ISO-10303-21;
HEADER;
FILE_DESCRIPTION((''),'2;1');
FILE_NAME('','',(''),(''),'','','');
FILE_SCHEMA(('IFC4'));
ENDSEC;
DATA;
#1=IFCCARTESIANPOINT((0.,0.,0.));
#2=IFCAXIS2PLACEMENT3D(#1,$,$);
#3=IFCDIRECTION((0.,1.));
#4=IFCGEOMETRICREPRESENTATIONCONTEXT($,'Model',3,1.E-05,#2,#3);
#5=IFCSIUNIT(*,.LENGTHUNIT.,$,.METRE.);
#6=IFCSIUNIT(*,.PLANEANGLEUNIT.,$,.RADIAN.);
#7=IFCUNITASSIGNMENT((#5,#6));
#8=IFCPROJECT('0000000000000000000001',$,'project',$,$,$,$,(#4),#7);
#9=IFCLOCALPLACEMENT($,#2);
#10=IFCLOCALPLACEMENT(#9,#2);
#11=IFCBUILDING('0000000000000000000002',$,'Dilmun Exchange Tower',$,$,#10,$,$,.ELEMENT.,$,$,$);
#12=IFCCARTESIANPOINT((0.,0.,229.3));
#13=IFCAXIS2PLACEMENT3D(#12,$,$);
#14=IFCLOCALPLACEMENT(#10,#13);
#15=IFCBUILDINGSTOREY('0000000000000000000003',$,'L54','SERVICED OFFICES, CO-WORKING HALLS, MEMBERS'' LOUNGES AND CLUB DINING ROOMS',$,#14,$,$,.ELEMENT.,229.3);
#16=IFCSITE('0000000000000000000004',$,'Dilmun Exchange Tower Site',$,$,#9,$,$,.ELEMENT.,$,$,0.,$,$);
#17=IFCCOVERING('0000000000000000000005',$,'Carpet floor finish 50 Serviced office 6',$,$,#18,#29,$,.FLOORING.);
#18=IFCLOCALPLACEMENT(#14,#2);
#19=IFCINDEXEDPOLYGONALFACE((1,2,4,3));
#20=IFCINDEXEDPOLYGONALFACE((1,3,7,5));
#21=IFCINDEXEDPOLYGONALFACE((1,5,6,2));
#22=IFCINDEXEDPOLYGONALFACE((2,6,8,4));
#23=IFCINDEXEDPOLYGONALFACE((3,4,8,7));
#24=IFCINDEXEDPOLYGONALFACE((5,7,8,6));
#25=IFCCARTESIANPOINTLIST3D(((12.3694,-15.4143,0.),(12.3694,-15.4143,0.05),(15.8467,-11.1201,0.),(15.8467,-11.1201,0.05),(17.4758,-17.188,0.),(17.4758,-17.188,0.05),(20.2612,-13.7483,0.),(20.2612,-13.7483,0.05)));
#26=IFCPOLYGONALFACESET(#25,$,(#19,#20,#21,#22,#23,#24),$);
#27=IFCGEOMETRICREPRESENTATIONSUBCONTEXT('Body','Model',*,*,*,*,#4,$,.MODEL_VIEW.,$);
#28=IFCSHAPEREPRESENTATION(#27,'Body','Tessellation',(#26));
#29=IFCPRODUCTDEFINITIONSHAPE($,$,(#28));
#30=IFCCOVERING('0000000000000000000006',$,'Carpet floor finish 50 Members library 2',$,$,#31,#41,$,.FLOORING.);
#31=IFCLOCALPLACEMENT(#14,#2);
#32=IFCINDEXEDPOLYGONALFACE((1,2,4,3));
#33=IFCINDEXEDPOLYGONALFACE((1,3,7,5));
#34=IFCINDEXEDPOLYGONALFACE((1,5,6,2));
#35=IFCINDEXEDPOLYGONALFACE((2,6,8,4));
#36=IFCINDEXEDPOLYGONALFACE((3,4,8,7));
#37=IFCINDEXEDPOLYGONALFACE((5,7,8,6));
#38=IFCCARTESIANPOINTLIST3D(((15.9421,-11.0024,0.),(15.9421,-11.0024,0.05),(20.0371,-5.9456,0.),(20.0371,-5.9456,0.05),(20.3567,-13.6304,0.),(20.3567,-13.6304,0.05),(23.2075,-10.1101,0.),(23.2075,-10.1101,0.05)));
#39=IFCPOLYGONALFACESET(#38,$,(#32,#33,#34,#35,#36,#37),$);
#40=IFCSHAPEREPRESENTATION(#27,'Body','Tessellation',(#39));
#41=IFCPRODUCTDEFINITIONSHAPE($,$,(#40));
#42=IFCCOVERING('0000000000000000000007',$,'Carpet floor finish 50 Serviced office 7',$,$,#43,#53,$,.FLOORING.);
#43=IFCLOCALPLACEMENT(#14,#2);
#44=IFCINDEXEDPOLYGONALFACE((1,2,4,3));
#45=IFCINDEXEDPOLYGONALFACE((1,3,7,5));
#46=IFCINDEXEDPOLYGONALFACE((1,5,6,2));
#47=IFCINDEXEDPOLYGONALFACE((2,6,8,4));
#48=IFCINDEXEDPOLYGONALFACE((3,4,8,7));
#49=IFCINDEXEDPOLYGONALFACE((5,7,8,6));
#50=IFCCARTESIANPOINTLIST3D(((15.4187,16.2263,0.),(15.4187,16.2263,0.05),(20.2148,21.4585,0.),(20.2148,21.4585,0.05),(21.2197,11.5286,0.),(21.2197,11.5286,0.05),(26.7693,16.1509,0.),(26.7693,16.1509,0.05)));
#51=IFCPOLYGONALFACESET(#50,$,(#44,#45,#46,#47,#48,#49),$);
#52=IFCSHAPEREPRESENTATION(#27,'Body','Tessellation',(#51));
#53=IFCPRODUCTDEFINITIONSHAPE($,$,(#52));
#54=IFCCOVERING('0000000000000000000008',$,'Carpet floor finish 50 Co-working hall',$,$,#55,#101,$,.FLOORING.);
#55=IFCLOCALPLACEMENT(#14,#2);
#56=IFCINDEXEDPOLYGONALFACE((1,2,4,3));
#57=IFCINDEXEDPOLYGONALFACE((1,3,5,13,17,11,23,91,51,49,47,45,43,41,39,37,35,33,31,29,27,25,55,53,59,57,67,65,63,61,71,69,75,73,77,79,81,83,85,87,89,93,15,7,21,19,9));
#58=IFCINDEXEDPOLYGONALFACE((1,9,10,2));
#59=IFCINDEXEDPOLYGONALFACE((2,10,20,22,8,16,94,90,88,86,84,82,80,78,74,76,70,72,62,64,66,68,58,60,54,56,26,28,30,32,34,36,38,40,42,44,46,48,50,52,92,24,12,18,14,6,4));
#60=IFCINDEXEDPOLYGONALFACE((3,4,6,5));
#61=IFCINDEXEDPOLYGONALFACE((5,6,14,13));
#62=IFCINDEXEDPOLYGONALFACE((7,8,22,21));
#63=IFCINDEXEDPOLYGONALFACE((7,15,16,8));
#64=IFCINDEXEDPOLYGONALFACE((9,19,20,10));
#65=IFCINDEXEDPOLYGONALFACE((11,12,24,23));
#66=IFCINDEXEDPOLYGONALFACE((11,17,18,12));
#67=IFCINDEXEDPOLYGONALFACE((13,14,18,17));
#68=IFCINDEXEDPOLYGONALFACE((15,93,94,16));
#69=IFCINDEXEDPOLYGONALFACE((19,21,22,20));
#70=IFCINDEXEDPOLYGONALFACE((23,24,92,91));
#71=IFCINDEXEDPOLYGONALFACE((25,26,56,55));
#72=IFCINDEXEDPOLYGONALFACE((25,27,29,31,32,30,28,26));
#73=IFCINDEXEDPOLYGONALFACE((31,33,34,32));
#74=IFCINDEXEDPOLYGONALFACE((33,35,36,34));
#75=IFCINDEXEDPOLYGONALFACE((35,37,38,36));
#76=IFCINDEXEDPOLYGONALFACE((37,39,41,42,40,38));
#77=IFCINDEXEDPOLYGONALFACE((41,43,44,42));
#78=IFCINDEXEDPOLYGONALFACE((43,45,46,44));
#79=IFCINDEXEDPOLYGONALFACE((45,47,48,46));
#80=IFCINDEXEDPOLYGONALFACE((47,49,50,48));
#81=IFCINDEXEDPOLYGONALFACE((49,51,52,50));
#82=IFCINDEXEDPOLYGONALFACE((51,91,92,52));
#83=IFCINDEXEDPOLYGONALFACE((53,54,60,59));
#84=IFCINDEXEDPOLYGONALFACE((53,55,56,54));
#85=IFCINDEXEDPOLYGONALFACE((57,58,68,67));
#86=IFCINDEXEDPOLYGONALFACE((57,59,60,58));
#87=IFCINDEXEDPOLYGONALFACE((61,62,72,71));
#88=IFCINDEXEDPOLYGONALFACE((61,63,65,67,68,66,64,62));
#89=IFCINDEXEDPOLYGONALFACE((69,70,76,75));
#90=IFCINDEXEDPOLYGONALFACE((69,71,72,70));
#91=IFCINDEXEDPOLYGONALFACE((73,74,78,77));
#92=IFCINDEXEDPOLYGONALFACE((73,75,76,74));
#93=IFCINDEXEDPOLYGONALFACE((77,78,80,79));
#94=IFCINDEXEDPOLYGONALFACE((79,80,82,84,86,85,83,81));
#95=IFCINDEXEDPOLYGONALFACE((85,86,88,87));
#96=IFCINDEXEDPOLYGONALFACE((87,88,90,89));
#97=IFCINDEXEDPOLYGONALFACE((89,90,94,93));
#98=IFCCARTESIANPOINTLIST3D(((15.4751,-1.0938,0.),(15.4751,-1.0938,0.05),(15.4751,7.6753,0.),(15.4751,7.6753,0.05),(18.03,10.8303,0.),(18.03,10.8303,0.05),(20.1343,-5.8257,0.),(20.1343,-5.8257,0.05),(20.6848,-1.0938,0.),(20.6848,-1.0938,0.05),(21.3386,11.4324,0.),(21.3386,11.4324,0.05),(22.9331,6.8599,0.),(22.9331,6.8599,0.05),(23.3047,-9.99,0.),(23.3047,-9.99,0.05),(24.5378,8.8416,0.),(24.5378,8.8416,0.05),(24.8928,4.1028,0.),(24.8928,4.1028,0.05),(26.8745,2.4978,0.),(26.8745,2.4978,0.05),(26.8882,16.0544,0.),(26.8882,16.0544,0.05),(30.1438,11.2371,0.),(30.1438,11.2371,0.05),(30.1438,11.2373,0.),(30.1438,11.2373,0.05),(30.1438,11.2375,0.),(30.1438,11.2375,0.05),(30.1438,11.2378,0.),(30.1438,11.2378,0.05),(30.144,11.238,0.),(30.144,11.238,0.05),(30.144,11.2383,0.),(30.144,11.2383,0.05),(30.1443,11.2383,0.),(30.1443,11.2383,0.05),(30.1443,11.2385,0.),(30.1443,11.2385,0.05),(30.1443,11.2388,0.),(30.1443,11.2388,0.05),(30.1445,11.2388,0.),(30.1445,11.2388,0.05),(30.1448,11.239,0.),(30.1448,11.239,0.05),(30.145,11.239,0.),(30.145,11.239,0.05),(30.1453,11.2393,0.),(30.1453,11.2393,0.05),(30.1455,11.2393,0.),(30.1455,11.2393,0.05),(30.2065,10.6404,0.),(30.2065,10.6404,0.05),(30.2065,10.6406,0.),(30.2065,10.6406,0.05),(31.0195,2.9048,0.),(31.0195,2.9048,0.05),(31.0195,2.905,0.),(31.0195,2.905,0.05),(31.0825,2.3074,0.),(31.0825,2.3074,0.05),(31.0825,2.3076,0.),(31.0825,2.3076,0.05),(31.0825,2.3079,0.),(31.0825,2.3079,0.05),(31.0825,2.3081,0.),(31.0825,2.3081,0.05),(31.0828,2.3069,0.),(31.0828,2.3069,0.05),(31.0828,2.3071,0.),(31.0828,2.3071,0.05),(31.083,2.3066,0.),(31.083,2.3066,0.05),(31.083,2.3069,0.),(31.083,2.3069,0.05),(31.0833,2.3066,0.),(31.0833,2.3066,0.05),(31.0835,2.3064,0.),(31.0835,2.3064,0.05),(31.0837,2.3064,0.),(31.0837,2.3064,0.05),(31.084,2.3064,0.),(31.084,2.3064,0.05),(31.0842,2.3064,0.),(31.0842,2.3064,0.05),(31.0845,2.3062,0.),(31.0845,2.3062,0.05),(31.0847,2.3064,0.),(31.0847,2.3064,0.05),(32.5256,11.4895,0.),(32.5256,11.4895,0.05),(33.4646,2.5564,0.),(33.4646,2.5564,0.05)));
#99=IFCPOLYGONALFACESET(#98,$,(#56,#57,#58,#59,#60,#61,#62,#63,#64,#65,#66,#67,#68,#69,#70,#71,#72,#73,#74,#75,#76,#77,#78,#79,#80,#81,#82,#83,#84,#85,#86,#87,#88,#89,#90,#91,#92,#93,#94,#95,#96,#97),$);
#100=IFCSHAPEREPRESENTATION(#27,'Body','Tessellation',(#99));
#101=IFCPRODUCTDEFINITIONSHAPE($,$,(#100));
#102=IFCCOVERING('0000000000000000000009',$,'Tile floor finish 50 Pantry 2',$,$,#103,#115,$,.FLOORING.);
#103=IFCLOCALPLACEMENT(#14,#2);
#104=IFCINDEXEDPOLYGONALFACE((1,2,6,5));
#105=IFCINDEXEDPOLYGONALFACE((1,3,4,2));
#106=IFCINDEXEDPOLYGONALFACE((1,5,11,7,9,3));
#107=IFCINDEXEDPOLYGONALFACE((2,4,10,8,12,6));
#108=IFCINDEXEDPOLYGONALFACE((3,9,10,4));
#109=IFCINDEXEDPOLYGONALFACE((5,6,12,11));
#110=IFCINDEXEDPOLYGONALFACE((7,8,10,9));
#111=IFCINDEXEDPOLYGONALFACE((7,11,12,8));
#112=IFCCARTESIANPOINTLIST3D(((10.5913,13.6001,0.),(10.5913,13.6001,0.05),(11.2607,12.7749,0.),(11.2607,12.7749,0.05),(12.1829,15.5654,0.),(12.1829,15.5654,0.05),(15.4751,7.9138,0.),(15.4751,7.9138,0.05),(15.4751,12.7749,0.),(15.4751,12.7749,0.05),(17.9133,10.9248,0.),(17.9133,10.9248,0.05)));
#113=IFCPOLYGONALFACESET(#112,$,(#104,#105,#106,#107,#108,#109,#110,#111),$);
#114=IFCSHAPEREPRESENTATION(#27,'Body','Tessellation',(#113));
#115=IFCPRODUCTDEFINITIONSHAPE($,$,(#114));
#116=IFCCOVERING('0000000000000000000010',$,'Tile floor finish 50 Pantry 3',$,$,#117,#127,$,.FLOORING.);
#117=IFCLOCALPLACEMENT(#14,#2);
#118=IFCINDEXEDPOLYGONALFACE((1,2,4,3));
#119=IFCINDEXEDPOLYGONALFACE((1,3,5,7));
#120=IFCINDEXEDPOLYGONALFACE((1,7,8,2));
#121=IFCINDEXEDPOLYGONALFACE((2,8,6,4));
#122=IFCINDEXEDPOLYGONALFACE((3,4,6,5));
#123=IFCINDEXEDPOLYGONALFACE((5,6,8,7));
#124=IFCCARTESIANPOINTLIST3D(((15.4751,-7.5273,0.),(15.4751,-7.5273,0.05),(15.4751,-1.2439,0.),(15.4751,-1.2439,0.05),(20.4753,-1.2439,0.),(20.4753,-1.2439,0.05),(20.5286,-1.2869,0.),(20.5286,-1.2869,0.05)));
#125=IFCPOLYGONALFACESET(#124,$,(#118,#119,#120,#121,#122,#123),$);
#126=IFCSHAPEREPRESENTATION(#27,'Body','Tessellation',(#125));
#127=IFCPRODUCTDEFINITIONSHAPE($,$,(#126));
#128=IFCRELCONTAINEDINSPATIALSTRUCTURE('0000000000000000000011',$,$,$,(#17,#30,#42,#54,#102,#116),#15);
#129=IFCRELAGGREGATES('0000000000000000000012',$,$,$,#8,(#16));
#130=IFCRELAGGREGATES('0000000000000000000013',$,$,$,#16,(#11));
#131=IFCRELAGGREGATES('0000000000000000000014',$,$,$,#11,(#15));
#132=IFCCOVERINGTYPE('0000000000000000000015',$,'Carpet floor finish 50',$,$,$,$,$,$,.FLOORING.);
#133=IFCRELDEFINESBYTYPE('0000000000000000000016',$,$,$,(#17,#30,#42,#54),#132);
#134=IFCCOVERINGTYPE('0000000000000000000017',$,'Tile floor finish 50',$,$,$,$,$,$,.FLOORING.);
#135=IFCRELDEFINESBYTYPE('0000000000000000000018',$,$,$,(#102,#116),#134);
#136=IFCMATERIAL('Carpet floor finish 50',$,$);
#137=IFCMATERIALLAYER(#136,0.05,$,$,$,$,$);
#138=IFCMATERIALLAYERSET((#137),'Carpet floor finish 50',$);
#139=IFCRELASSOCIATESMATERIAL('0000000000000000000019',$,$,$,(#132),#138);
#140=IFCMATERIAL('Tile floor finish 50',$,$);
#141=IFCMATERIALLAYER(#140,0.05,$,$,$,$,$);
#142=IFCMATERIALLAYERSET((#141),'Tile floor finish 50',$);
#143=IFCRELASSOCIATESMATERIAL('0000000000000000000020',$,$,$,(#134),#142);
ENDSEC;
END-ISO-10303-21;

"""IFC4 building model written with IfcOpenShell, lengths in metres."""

from ifc_helpers import new_model, si_unit, direction, frame, origin, place, context, subcontext, project, spatial, polyline, outline, extrude, material, layer, layer_set, type_object, element, save


model = new_model("IFC4")

# Units and contexts
model_context = context("Model", 3, precision=1e-05, world=origin(), true_north=direction((0.0, 1.0)))
body_context = subcontext(model_context, "Body", "Model", "MODEL_VIEW")
ifc_project = project(units=[si_unit("LENGTHUNIT", "METRE"), si_unit("PLANEANGLEUNIT", "RADIAN")], contexts=[model_context])

# Site, building, storey
site_placement = place(None, origin())
site = spatial("IfcSite", under=ifc_project, at=site_placement, Name="Dilmun Exchange Tower Site", CompositionType="ELEMENT", RefElevation=0.0)
building_placement = place(site_placement, origin())
building = spatial("IfcBuilding", under=site, at=building_placement, Name="Dilmun Exchange Tower", CompositionType="ELEMENT")
storey_placement = place(building_placement, frame((0.0, 0.0, 229.3)))
storey = spatial("IfcBuildingStorey", under=building, at=storey_placement, Name="L54", Description="SERVICED OFFICES, CO-WORKING HALLS, MEMBERS' LOUNGES AND CLUB DINING ROOMS", CompositionType="ELEMENT", Elevation=229.3)

# Coverings
ifc_material_1 = material(Name="Carpet floor finish 50")
ifc_layer_1 = layer(ifc_material_1, 0.05)
ifc_layer_set_1 = layer_set([ifc_layer_1], Name="Carpet floor finish 50")
covering_type_1 = type_object("IfcCoveringType", Name="Carpet floor finish 50", PredefinedType="FLOORING", material=ifc_layer_set_1)
covering_1_placement = place(storey_placement, origin())
element("IfcCovering", 1, at=covering_1_placement, inside=storey, type_object=covering_type_1, Name="Carpet floor finish 50 Serviced office 6", PredefinedType="FLOORING", context=body_context, shape_type="SweptSolid", body=[
    extrude(outline(polyline([(12.3694, -15.4143), (15.8467, -11.1201), (20.2612, -13.7483), (17.4758, -17.188), (12.3694, -15.4143)])), origin(), (0.0, 0.0, 1.0), 0.05),
])
covering_2_placement = place(storey_placement, origin())
element("IfcCovering", 2, at=covering_2_placement, inside=storey, type_object=covering_type_1, Name="Carpet floor finish 50 Members library 2", PredefinedType="FLOORING", context=body_context, shape_type="SweptSolid", body=[
    extrude(outline(polyline([(20.0371, -5.9456), (23.2075, -10.1101), (20.3567, -13.6304), (15.9421, -11.0024), (20.0371, -5.9456)])), origin(), (0.0, 0.0, 1.0), 0.05),
])
covering_3_placement = place(storey_placement, origin())
element("IfcCovering", 3, at=covering_3_placement, inside=storey, type_object=covering_type_1, Name="Carpet floor finish 50 Serviced office 7", PredefinedType="FLOORING", context=body_context, shape_type="SweptSolid", body=[
    extrude(outline(polyline([(15.4187, 16.2263), (20.2148, 21.4585), (26.7693, 16.1509), (21.2197, 11.5286), (15.4187, 16.2263)])), origin(), (0.0, 0.0, 1.0), 0.05),
])
covering_4_placement = place(storey_placement, origin())
element("IfcCovering", 4, at=covering_4_placement, inside=storey, type_object=covering_type_1, Name="Carpet floor finish 50 Co-working hall", PredefinedType="FLOORING", context=body_context, shape_type="SweptSolid", body=[
    extrude(outline(polyline([(22.9331, 6.8599), (24.5378, 8.8416), (21.3386, 11.4324), (26.8882, 16.0544), (32.5256, 11.4895), (30.1455, 11.2393), (30.1455, 11.2393), (30.1453, 11.2393), (30.145, 11.239), (30.145, 11.239), (30.1448, 11.239), (30.1445, 11.2388), (30.1443, 11.2388), (30.1443, 11.2385), (30.1443, 11.2383), (30.144, 11.2383), (30.144, 11.238), (30.1438, 11.2378), (30.1438, 11.2375), (30.1438, 11.2373), (30.1438, 11.2373), (30.1438, 11.2371), (30.2065, 10.6406), (30.2065, 10.6404), (30.2065, 10.6404), (31.0195, 2.905), (31.0195, 2.9048), (31.0195, 2.9048), (31.0825, 2.3081), (31.0825, 2.3079), (31.0825, 2.3076), (31.0825, 2.3076), (31.0825, 2.3074), (31.0828, 2.3071), (31.0828, 2.3069), (31.083, 2.3069), (31.083, 2.3066), (31.0833, 2.3066), (31.0835, 2.3064), (31.0835, 2.3064), (31.0837, 2.3064), (31.084, 2.3064), (31.0842, 2.3064), (31.0845, 2.3062), (31.0847, 2.3064), (33.4646, 2.5564), (23.3047, -9.99), (20.1343, -5.8257), (26.8745, 2.4978), (24.8928, 4.1028), (20.6848, -1.0938), (15.4751, -1.0938), (15.4751, 7.6753), (18.03, 10.8303), (22.9331, 6.8599)])), origin(), (0.0, 0.0, 1.0), 0.05),
])
ifc_material_2 = material(Name="Tile floor finish 50")
ifc_layer_2 = layer(ifc_material_2, 0.05)
ifc_layer_set_2 = layer_set([ifc_layer_2], Name="Tile floor finish 50")
covering_type_2 = type_object("IfcCoveringType", Name="Tile floor finish 50", PredefinedType="FLOORING", material=ifc_layer_set_2)
covering_5_placement = place(storey_placement, origin())
element("IfcCovering", 5, at=covering_5_placement, inside=storey, type_object=covering_type_2, Name="Tile floor finish 50 Pantry 2", PredefinedType="FLOORING", context=body_context, shape_type="SweptSolid", body=[
    extrude(outline(polyline([(10.5913, 13.6001), (12.1829, 15.5654), (17.9133, 10.9248), (15.4751, 7.9138), (15.4751, 12.7749), (11.2607, 12.7749), (10.5913, 13.6001)])), origin(), (0.0, 0.0, 1.0), 0.05),
])
covering_6_placement = place(storey_placement, origin())
element("IfcCovering", 6, at=covering_6_placement, inside=storey, type_object=covering_type_2, Name="Tile floor finish 50 Pantry 3", PredefinedType="FLOORING", context=body_context, shape_type="SweptSolid", body=[
    extrude(outline(polyline([(20.5286, -1.2869), (15.4751, -7.5273), (15.4751, -1.2439), (20.4753, -1.2439), (20.5286, -1.2869)])), origin(), (0.0, 0.0, 1.0), 0.05),
])

save(model, "model.ifc")
